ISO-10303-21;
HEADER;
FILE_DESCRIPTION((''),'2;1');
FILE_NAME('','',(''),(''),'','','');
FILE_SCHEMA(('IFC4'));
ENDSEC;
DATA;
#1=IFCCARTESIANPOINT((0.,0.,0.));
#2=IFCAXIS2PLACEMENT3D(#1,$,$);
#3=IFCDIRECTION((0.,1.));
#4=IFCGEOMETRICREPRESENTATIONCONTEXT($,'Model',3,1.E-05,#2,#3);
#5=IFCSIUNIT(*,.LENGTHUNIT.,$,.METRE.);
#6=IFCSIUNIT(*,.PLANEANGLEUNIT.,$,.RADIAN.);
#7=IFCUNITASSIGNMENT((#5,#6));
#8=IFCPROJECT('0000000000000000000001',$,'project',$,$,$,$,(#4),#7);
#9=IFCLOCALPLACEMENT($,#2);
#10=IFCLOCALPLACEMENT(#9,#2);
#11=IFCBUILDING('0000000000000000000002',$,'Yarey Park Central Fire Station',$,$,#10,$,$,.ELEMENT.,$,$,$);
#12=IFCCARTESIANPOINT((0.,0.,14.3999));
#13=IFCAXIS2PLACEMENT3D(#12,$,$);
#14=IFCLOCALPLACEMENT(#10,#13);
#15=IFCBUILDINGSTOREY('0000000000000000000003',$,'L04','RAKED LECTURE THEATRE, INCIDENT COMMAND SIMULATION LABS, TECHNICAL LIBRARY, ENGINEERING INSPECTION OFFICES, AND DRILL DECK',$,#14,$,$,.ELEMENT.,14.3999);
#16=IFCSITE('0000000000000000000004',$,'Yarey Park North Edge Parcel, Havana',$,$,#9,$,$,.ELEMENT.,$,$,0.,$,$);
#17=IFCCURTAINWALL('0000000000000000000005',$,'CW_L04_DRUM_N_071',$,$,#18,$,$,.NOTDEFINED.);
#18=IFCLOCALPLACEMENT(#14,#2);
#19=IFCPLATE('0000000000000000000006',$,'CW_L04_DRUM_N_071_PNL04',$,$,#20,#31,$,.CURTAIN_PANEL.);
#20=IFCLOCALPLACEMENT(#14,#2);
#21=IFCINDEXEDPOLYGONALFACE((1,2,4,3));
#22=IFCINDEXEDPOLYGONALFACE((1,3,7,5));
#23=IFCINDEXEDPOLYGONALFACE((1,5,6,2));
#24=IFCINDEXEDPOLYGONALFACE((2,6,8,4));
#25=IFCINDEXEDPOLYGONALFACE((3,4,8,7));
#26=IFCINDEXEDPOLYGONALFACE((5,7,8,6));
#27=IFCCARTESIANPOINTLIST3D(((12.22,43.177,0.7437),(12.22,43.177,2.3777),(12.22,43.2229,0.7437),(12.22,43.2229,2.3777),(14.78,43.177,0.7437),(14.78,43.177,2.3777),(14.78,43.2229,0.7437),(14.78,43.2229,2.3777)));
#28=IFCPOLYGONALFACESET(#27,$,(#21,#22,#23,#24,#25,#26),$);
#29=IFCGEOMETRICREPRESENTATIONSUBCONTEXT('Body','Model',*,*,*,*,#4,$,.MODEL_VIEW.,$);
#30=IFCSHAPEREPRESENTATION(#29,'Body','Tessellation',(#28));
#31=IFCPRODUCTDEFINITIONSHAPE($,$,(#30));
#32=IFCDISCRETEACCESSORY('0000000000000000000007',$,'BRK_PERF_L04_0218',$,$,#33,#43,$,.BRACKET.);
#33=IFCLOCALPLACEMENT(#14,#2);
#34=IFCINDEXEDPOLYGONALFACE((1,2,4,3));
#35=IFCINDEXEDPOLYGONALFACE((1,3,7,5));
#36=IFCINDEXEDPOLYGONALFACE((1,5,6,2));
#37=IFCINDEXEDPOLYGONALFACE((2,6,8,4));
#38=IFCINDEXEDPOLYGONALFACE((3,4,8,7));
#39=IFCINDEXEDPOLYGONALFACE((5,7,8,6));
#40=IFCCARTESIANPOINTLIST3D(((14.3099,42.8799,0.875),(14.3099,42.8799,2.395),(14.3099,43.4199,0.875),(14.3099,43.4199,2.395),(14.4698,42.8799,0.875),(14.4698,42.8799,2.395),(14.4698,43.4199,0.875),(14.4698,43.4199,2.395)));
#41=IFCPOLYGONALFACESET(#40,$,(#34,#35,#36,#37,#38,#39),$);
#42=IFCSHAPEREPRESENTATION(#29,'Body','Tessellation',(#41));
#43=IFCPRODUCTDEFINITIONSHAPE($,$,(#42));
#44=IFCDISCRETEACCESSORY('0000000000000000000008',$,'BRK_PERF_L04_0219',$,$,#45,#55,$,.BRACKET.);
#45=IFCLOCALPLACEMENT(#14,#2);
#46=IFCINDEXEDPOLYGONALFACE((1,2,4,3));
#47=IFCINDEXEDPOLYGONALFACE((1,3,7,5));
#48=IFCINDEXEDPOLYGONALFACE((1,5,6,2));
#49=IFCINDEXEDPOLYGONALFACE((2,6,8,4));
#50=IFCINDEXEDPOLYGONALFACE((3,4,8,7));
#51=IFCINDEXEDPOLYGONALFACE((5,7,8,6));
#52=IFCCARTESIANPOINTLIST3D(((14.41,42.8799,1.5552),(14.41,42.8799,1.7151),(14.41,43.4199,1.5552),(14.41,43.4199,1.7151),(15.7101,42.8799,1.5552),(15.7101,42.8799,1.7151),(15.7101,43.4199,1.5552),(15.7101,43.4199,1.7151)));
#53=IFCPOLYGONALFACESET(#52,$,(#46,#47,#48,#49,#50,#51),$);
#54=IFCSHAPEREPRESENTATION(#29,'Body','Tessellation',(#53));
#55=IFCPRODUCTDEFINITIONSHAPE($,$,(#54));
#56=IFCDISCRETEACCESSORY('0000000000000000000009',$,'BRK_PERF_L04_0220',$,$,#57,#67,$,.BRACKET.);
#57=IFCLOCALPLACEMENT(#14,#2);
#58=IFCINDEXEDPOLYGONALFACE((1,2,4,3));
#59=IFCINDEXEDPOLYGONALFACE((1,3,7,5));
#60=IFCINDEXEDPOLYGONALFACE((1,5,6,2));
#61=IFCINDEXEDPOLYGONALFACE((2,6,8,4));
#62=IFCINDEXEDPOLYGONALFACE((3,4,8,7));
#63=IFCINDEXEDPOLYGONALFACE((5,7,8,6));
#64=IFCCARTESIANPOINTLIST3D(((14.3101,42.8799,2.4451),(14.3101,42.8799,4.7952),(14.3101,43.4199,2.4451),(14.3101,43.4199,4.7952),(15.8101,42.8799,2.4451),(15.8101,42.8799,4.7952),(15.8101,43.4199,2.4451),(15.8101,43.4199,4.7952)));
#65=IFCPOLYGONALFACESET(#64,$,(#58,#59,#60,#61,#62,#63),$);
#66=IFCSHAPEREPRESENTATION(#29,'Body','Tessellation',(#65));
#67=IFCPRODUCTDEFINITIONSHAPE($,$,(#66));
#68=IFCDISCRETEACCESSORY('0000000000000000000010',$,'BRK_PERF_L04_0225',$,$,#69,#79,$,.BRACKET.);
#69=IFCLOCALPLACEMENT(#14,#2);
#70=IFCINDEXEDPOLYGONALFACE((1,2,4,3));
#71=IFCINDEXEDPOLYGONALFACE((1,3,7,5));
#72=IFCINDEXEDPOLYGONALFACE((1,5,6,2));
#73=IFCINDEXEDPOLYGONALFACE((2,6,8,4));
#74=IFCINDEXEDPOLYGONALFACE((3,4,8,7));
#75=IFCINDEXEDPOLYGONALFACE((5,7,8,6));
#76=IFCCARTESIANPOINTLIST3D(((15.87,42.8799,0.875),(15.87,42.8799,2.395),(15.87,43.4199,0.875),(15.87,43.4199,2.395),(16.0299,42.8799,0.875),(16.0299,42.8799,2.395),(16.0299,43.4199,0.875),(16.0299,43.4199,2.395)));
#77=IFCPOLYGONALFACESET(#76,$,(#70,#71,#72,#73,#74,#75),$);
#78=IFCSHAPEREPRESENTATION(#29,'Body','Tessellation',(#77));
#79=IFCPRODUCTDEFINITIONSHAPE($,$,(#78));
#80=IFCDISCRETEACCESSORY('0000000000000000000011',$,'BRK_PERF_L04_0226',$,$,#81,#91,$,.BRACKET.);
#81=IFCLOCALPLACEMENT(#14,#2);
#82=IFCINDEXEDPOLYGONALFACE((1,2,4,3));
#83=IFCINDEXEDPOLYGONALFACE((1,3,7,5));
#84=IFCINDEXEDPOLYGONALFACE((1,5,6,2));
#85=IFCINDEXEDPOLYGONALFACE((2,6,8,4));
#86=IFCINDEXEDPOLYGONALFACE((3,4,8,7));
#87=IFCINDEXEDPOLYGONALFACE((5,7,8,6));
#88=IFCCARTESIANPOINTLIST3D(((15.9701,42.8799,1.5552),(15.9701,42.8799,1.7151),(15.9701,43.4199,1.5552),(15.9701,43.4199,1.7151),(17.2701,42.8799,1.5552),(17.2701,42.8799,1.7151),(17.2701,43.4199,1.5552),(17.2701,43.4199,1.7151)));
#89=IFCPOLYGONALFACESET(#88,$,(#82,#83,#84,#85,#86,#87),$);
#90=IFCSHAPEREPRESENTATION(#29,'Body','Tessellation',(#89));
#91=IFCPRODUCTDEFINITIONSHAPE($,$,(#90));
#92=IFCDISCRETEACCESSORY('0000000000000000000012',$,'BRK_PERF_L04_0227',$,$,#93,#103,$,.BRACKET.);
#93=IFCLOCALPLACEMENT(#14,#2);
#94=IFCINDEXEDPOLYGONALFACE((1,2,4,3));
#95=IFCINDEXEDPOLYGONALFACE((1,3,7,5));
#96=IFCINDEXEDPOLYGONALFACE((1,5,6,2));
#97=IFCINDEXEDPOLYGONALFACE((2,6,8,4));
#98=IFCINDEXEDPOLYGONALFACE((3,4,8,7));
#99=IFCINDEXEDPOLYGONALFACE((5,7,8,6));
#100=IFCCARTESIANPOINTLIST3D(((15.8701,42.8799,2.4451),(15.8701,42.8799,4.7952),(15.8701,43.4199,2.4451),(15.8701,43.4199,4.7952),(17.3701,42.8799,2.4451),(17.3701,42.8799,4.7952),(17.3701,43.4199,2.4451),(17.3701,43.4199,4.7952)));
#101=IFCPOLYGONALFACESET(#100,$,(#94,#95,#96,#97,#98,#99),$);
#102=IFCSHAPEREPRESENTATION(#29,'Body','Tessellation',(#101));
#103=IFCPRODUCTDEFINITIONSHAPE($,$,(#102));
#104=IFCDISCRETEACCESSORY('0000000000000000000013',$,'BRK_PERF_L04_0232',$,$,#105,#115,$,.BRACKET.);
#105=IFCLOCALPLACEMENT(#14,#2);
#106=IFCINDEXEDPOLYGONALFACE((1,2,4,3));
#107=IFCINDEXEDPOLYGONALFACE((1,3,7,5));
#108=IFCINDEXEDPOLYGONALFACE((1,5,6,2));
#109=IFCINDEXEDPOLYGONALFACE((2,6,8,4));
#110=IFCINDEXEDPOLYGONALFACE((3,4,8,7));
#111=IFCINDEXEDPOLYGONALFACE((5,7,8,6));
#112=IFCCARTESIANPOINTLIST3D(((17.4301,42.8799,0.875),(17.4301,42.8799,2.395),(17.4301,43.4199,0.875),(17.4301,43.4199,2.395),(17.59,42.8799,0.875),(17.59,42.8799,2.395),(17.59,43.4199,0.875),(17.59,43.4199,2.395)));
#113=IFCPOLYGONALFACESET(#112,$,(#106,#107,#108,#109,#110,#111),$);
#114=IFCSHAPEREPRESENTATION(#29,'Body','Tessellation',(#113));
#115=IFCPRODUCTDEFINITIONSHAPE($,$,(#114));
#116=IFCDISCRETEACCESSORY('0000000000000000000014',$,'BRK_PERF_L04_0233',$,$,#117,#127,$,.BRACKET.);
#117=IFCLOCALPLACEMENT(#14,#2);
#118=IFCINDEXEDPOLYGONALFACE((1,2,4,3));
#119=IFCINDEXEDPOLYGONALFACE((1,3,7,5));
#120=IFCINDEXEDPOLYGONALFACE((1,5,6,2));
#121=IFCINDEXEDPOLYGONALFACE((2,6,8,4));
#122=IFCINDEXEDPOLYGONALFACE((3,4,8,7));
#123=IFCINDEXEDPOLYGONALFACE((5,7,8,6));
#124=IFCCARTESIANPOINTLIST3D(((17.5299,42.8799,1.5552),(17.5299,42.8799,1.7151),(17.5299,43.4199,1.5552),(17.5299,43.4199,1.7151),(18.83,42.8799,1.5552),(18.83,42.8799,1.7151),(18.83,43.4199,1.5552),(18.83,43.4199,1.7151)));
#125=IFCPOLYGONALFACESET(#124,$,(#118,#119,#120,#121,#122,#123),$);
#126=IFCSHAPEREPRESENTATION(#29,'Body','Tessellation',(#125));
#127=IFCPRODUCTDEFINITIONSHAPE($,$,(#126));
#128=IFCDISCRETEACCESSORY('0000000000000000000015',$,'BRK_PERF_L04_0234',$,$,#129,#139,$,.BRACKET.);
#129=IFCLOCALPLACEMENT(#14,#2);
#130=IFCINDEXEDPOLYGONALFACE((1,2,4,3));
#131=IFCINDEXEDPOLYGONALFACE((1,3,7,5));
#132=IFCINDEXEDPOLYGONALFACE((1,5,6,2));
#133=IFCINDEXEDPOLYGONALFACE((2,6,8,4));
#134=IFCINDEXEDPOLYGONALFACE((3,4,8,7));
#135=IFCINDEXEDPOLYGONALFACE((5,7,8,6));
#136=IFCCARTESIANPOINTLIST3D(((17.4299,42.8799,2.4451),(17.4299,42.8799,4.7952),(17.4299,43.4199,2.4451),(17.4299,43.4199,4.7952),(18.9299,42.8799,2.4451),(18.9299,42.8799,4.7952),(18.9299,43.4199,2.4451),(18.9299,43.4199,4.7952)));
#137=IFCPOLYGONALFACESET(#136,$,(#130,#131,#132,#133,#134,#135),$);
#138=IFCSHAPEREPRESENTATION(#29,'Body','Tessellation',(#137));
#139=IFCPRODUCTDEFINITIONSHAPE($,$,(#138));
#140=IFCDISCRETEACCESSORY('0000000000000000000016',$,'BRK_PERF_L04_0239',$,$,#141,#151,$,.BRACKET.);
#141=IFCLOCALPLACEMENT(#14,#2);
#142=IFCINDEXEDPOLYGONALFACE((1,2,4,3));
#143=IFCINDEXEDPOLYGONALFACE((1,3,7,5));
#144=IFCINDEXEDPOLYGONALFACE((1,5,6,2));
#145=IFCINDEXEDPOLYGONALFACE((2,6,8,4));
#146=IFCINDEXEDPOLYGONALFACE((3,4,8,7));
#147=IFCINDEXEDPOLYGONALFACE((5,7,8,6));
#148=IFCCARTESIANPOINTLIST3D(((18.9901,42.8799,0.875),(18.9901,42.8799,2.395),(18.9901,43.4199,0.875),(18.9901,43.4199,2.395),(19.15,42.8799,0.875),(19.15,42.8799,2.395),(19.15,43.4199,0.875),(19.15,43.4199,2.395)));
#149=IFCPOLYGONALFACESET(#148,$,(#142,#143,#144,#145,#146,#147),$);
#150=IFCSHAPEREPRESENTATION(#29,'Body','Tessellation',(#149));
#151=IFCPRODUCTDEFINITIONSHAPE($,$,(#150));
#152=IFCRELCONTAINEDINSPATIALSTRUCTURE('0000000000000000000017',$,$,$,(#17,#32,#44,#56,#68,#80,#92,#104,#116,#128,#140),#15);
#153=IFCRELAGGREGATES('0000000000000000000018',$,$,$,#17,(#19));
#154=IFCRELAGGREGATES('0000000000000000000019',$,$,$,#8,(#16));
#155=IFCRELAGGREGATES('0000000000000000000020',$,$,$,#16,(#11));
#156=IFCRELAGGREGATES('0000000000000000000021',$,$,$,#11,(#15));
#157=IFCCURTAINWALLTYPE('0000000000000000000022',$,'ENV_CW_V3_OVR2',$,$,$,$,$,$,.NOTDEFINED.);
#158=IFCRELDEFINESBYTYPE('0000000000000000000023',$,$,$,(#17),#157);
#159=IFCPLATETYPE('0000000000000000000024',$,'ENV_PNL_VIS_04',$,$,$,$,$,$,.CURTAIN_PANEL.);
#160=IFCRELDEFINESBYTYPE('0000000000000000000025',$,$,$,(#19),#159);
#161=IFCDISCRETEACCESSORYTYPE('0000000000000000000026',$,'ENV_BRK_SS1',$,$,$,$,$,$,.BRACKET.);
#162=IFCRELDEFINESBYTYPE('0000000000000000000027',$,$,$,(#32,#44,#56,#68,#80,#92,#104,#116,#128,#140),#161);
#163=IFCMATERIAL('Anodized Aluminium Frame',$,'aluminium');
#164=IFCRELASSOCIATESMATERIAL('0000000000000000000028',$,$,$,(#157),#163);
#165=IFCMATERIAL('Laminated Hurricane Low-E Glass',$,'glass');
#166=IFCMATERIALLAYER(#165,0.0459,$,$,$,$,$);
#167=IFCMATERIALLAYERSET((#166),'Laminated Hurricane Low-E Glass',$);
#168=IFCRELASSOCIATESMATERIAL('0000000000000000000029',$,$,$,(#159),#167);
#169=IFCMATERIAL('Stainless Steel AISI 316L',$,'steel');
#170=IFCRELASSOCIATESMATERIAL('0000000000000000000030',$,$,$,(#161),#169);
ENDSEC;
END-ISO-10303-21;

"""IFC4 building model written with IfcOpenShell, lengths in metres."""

from ifc_helpers import new_model, si_unit, direction, frame, origin, origin_2d, place, context, subcontext, project, spatial, rectangle, extrude, material, layer, layer_set, type_object, element, aggregate, save


model = new_model("IFC4")

# Units and contexts
model_context = context("Model", 3, precision=1e-05, world=origin(), true_north=direction((0.0, 1.0)))
body_context = subcontext(model_context, "Body", "Model", "MODEL_VIEW")
ifc_project = project(units=[si_unit("LENGTHUNIT", "METRE"), si_unit("PLANEANGLEUNIT", "RADIAN")], contexts=[model_context])

# Site, building, storey
site_placement = place(None, origin())
site = spatial("IfcSite", under=ifc_project, at=site_placement, Name="Yarey Park North Edge Parcel, Havana", CompositionType="ELEMENT", RefElevation=0.0)
building_placement = place(site_placement, origin())
building = spatial("IfcBuilding", under=site, at=building_placement, Name="Yarey Park Central Fire Station", CompositionType="ELEMENT")
storey_placement = place(building_placement, frame((0.0, 0.0, 14.3999)))
storey = spatial("IfcBuildingStorey", under=building, at=storey_placement, Name="L04", Description="RAKED LECTURE THEATRE, INCIDENT COMMAND SIMULATION LABS, TECHNICAL LIBRARY, ENGINEERING INSPECTION OFFICES, AND DRILL DECK", CompositionType="ELEMENT", Elevation=14.3999)

# Curtain wall
ifc_material_1 = material(Name="Anodized Aluminium Frame", Category="aluminium")
curtain_wall_type = type_object("IfcCurtainWallType", Name="ENV_CW_V3_OVR2", PredefinedType="NOTDEFINED", material=ifc_material_1)
curtain_wall_1_placement = place(storey_placement, origin())
curtain_wall_1 = element("IfcCurtainWall", 1, at=curtain_wall_1_placement, inside=storey, type_object=curtain_wall_type, Name="CW_L04_DRUM_N_071", PredefinedType="NOTDEFINED")

# Plate
ifc_material_2 = material(Name="Laminated Hurricane Low-E Glass", Category="glass")
ifc_layer_1 = layer(ifc_material_2, 0.0459)
ifc_layer_set_1 = layer_set([ifc_layer_1], Name="Laminated Hurricane Low-E Glass")
plate_type_1 = type_object("IfcPlateType", Name="ENV_PNL_VIS_04", PredefinedType="CURTAIN_PANEL", material=ifc_layer_set_1)
plate_1_placement = place(storey_placement, frame((13.5, 43.2, 0.7437), z_axis=(0.0, 0.0, 1.0), x_axis=(-1.0, 0.0, 0.0)))
plate_1 = element("IfcPlate", 2, at=plate_1_placement, type_object=plate_type_1, Name="CW_L04_DRUM_N_071_PNL04", PredefinedType="CURTAIN_PANEL", context=body_context, shape_type="SweptSolid", body=[
    extrude(rectangle(XDim=2.5601, YDim=0.0459, at=origin_2d()), origin(), (0.0, 0.0, 1.0), 1.634),
])
aggregate(curtain_wall_1, [plate_1])

# Discrete accessories
ifc_material_3 = material(Name="Stainless Steel AISI 316L", Category="steel")
discrete_accessory_type = type_object("IfcDiscreteAccessoryType", Name="ENV_BRK_SS1", PredefinedType="BRACKET", material=ifc_material_3)
discrete_accessory_1_placement = place(storey_placement, frame((14.3899, 43.1499, 0.875), z_axis=(0.0, 0.0, 1.0), x_axis=(1.0, 0.0, 0.0)))
element("IfcDiscreteAccessory", 3, at=discrete_accessory_1_placement, inside=storey, type_object=discrete_accessory_type, Name="BRK_PERF_L04_0218", PredefinedType="BRACKET", context=body_context, shape_type="SweptSolid", body=[
    extrude(rectangle(XDim=0.1599, YDim=0.54, at=origin_2d()), origin(), (0.0, 0.0, 1.0), 1.52),
])
discrete_accessory_2_placement = place(storey_placement, frame((15.0601, 43.1499, 1.5552), z_axis=(0.0, 0.0, 1.0), x_axis=(1.0, 0.0, 0.0)))
element("IfcDiscreteAccessory", 4, at=discrete_accessory_2_placement, inside=storey, type_object=discrete_accessory_type, Name="BRK_PERF_L04_0219", PredefinedType="BRACKET", context=body_context, shape_type="SweptSolid", body=[
    extrude(rectangle(XDim=1.3, YDim=0.54, at=origin_2d()), origin(), (0.0, 0.0, 1.0), 0.1599),
])
discrete_accessory_3_placement = place(storey_placement, frame((15.0601, 43.1499, 2.4451), z_axis=(0.0, 0.0, 1.0), x_axis=(1.0, 0.0, 0.0)))
element("IfcDiscreteAccessory", 5, at=discrete_accessory_3_placement, inside=storey, type_object=discrete_accessory_type, Name="BRK_PERF_L04_0220", PredefinedType="BRACKET", context=body_context, shape_type="SweptSolid", body=[
    extrude(rectangle(XDim=1.5, YDim=0.54, at=origin_2d()), origin(), (0.0, 0.0, 1.0), 2.3501),
])
discrete_accessory_4_placement = place(storey_placement, frame((15.95, 43.1499, 0.875), z_axis=(0.0, 0.0, 1.0), x_axis=(1.0, 0.0, 0.0)))
element("IfcDiscreteAccessory", 6, at=discrete_accessory_4_placement, inside=storey, type_object=discrete_accessory_type, Name="BRK_PERF_L04_0225", PredefinedType="BRACKET", context=body_context, shape_type="SweptSolid", body=[
    extrude(rectangle(XDim=0.1599, YDim=0.54, at=origin_2d()), origin(), (0.0, 0.0, 1.0), 1.52),
])
discrete_accessory_5_placement = place(storey_placement, frame((16.6201, 43.1499, 1.5552), z_axis=(0.0, 0.0, 1.0), x_axis=(1.0, 0.0, 0.0)))
element("IfcDiscreteAccessory", 7, at=discrete_accessory_5_placement, inside=storey, type_object=discrete_accessory_type, Name="BRK_PERF_L04_0226", PredefinedType="BRACKET", context=body_context, shape_type="SweptSolid", body=[
    extrude(rectangle(XDim=1.3, YDim=0.54, at=origin_2d()), origin(), (0.0, 0.0, 1.0), 0.1599),
])
discrete_accessory_6_placement = place(storey_placement, frame((16.6201, 43.1499, 2.4451), z_axis=(0.0, 0.0, 1.0), x_axis=(1.0, 0.0, 0.0)))
element("IfcDiscreteAccessory", 8, at=discrete_accessory_6_placement, inside=storey, type_object=discrete_accessory_type, Name="BRK_PERF_L04_0227", PredefinedType="BRACKET", context=body_context, shape_type="SweptSolid", body=[
    extrude(rectangle(XDim=1.5, YDim=0.54, at=origin_2d()), origin(), (0.0, 0.0, 1.0), 2.3501),
])
discrete_accessory_7_placement = place(storey_placement, frame((17.51, 43.1499, 0.875), z_axis=(0.0, 0.0, 1.0), x_axis=(1.0, 0.0, 0.0)))
element("IfcDiscreteAccessory", 9, at=discrete_accessory_7_placement, inside=storey, type_object=discrete_accessory_type, Name="BRK_PERF_L04_0232", PredefinedType="BRACKET", context=body_context, shape_type="SweptSolid", body=[
    extrude(rectangle(XDim=0.1599, YDim=0.54, at=origin_2d()), origin(), (0.0, 0.0, 1.0), 1.52),
])
discrete_accessory_8_placement = place(storey_placement, frame((18.1799, 43.1499, 1.5552), z_axis=(0.0, 0.0, 1.0), x_axis=(1.0, 0.0, 0.0)))
element("IfcDiscreteAccessory", 10, at=discrete_accessory_8_placement, inside=storey, type_object=discrete_accessory_type, Name="BRK_PERF_L04_0233", PredefinedType="BRACKET", context=body_context, shape_type="SweptSolid", body=[
    extrude(rectangle(XDim=1.3, YDim=0.54, at=origin_2d()), origin(), (0.0, 0.0, 1.0), 0.1599),
])
discrete_accessory_9_placement = place(storey_placement, frame((18.1799, 43.1499, 2.4451), z_axis=(0.0, 0.0, 1.0), x_axis=(1.0, 0.0, 0.0)))
element("IfcDiscreteAccessory", 11, at=discrete_accessory_9_placement, inside=storey, type_object=discrete_accessory_type, Name="BRK_PERF_L04_0234", PredefinedType="BRACKET", context=body_context, shape_type="SweptSolid", body=[
    extrude(rectangle(XDim=1.5, YDim=0.54, at=origin_2d()), origin(), (0.0, 0.0, 1.0), 2.3501),
])
discrete_accessory_10_placement = place(storey_placement, frame((19.0701, 43.1499, 0.875), z_axis=(0.0, 0.0, 1.0), x_axis=(1.0, 0.0, 0.0)))
element("IfcDiscreteAccessory", 12, at=discrete_accessory_10_placement, inside=storey, type_object=discrete_accessory_type, Name="BRK_PERF_L04_0239", PredefinedType="BRACKET", context=body_context, shape_type="SweptSolid", body=[
    extrude(rectangle(XDim=0.1599, YDim=0.54, at=origin_2d()), origin(), (0.0, 0.0, 1.0), 1.52),
])

save(model, "model.ifc")
